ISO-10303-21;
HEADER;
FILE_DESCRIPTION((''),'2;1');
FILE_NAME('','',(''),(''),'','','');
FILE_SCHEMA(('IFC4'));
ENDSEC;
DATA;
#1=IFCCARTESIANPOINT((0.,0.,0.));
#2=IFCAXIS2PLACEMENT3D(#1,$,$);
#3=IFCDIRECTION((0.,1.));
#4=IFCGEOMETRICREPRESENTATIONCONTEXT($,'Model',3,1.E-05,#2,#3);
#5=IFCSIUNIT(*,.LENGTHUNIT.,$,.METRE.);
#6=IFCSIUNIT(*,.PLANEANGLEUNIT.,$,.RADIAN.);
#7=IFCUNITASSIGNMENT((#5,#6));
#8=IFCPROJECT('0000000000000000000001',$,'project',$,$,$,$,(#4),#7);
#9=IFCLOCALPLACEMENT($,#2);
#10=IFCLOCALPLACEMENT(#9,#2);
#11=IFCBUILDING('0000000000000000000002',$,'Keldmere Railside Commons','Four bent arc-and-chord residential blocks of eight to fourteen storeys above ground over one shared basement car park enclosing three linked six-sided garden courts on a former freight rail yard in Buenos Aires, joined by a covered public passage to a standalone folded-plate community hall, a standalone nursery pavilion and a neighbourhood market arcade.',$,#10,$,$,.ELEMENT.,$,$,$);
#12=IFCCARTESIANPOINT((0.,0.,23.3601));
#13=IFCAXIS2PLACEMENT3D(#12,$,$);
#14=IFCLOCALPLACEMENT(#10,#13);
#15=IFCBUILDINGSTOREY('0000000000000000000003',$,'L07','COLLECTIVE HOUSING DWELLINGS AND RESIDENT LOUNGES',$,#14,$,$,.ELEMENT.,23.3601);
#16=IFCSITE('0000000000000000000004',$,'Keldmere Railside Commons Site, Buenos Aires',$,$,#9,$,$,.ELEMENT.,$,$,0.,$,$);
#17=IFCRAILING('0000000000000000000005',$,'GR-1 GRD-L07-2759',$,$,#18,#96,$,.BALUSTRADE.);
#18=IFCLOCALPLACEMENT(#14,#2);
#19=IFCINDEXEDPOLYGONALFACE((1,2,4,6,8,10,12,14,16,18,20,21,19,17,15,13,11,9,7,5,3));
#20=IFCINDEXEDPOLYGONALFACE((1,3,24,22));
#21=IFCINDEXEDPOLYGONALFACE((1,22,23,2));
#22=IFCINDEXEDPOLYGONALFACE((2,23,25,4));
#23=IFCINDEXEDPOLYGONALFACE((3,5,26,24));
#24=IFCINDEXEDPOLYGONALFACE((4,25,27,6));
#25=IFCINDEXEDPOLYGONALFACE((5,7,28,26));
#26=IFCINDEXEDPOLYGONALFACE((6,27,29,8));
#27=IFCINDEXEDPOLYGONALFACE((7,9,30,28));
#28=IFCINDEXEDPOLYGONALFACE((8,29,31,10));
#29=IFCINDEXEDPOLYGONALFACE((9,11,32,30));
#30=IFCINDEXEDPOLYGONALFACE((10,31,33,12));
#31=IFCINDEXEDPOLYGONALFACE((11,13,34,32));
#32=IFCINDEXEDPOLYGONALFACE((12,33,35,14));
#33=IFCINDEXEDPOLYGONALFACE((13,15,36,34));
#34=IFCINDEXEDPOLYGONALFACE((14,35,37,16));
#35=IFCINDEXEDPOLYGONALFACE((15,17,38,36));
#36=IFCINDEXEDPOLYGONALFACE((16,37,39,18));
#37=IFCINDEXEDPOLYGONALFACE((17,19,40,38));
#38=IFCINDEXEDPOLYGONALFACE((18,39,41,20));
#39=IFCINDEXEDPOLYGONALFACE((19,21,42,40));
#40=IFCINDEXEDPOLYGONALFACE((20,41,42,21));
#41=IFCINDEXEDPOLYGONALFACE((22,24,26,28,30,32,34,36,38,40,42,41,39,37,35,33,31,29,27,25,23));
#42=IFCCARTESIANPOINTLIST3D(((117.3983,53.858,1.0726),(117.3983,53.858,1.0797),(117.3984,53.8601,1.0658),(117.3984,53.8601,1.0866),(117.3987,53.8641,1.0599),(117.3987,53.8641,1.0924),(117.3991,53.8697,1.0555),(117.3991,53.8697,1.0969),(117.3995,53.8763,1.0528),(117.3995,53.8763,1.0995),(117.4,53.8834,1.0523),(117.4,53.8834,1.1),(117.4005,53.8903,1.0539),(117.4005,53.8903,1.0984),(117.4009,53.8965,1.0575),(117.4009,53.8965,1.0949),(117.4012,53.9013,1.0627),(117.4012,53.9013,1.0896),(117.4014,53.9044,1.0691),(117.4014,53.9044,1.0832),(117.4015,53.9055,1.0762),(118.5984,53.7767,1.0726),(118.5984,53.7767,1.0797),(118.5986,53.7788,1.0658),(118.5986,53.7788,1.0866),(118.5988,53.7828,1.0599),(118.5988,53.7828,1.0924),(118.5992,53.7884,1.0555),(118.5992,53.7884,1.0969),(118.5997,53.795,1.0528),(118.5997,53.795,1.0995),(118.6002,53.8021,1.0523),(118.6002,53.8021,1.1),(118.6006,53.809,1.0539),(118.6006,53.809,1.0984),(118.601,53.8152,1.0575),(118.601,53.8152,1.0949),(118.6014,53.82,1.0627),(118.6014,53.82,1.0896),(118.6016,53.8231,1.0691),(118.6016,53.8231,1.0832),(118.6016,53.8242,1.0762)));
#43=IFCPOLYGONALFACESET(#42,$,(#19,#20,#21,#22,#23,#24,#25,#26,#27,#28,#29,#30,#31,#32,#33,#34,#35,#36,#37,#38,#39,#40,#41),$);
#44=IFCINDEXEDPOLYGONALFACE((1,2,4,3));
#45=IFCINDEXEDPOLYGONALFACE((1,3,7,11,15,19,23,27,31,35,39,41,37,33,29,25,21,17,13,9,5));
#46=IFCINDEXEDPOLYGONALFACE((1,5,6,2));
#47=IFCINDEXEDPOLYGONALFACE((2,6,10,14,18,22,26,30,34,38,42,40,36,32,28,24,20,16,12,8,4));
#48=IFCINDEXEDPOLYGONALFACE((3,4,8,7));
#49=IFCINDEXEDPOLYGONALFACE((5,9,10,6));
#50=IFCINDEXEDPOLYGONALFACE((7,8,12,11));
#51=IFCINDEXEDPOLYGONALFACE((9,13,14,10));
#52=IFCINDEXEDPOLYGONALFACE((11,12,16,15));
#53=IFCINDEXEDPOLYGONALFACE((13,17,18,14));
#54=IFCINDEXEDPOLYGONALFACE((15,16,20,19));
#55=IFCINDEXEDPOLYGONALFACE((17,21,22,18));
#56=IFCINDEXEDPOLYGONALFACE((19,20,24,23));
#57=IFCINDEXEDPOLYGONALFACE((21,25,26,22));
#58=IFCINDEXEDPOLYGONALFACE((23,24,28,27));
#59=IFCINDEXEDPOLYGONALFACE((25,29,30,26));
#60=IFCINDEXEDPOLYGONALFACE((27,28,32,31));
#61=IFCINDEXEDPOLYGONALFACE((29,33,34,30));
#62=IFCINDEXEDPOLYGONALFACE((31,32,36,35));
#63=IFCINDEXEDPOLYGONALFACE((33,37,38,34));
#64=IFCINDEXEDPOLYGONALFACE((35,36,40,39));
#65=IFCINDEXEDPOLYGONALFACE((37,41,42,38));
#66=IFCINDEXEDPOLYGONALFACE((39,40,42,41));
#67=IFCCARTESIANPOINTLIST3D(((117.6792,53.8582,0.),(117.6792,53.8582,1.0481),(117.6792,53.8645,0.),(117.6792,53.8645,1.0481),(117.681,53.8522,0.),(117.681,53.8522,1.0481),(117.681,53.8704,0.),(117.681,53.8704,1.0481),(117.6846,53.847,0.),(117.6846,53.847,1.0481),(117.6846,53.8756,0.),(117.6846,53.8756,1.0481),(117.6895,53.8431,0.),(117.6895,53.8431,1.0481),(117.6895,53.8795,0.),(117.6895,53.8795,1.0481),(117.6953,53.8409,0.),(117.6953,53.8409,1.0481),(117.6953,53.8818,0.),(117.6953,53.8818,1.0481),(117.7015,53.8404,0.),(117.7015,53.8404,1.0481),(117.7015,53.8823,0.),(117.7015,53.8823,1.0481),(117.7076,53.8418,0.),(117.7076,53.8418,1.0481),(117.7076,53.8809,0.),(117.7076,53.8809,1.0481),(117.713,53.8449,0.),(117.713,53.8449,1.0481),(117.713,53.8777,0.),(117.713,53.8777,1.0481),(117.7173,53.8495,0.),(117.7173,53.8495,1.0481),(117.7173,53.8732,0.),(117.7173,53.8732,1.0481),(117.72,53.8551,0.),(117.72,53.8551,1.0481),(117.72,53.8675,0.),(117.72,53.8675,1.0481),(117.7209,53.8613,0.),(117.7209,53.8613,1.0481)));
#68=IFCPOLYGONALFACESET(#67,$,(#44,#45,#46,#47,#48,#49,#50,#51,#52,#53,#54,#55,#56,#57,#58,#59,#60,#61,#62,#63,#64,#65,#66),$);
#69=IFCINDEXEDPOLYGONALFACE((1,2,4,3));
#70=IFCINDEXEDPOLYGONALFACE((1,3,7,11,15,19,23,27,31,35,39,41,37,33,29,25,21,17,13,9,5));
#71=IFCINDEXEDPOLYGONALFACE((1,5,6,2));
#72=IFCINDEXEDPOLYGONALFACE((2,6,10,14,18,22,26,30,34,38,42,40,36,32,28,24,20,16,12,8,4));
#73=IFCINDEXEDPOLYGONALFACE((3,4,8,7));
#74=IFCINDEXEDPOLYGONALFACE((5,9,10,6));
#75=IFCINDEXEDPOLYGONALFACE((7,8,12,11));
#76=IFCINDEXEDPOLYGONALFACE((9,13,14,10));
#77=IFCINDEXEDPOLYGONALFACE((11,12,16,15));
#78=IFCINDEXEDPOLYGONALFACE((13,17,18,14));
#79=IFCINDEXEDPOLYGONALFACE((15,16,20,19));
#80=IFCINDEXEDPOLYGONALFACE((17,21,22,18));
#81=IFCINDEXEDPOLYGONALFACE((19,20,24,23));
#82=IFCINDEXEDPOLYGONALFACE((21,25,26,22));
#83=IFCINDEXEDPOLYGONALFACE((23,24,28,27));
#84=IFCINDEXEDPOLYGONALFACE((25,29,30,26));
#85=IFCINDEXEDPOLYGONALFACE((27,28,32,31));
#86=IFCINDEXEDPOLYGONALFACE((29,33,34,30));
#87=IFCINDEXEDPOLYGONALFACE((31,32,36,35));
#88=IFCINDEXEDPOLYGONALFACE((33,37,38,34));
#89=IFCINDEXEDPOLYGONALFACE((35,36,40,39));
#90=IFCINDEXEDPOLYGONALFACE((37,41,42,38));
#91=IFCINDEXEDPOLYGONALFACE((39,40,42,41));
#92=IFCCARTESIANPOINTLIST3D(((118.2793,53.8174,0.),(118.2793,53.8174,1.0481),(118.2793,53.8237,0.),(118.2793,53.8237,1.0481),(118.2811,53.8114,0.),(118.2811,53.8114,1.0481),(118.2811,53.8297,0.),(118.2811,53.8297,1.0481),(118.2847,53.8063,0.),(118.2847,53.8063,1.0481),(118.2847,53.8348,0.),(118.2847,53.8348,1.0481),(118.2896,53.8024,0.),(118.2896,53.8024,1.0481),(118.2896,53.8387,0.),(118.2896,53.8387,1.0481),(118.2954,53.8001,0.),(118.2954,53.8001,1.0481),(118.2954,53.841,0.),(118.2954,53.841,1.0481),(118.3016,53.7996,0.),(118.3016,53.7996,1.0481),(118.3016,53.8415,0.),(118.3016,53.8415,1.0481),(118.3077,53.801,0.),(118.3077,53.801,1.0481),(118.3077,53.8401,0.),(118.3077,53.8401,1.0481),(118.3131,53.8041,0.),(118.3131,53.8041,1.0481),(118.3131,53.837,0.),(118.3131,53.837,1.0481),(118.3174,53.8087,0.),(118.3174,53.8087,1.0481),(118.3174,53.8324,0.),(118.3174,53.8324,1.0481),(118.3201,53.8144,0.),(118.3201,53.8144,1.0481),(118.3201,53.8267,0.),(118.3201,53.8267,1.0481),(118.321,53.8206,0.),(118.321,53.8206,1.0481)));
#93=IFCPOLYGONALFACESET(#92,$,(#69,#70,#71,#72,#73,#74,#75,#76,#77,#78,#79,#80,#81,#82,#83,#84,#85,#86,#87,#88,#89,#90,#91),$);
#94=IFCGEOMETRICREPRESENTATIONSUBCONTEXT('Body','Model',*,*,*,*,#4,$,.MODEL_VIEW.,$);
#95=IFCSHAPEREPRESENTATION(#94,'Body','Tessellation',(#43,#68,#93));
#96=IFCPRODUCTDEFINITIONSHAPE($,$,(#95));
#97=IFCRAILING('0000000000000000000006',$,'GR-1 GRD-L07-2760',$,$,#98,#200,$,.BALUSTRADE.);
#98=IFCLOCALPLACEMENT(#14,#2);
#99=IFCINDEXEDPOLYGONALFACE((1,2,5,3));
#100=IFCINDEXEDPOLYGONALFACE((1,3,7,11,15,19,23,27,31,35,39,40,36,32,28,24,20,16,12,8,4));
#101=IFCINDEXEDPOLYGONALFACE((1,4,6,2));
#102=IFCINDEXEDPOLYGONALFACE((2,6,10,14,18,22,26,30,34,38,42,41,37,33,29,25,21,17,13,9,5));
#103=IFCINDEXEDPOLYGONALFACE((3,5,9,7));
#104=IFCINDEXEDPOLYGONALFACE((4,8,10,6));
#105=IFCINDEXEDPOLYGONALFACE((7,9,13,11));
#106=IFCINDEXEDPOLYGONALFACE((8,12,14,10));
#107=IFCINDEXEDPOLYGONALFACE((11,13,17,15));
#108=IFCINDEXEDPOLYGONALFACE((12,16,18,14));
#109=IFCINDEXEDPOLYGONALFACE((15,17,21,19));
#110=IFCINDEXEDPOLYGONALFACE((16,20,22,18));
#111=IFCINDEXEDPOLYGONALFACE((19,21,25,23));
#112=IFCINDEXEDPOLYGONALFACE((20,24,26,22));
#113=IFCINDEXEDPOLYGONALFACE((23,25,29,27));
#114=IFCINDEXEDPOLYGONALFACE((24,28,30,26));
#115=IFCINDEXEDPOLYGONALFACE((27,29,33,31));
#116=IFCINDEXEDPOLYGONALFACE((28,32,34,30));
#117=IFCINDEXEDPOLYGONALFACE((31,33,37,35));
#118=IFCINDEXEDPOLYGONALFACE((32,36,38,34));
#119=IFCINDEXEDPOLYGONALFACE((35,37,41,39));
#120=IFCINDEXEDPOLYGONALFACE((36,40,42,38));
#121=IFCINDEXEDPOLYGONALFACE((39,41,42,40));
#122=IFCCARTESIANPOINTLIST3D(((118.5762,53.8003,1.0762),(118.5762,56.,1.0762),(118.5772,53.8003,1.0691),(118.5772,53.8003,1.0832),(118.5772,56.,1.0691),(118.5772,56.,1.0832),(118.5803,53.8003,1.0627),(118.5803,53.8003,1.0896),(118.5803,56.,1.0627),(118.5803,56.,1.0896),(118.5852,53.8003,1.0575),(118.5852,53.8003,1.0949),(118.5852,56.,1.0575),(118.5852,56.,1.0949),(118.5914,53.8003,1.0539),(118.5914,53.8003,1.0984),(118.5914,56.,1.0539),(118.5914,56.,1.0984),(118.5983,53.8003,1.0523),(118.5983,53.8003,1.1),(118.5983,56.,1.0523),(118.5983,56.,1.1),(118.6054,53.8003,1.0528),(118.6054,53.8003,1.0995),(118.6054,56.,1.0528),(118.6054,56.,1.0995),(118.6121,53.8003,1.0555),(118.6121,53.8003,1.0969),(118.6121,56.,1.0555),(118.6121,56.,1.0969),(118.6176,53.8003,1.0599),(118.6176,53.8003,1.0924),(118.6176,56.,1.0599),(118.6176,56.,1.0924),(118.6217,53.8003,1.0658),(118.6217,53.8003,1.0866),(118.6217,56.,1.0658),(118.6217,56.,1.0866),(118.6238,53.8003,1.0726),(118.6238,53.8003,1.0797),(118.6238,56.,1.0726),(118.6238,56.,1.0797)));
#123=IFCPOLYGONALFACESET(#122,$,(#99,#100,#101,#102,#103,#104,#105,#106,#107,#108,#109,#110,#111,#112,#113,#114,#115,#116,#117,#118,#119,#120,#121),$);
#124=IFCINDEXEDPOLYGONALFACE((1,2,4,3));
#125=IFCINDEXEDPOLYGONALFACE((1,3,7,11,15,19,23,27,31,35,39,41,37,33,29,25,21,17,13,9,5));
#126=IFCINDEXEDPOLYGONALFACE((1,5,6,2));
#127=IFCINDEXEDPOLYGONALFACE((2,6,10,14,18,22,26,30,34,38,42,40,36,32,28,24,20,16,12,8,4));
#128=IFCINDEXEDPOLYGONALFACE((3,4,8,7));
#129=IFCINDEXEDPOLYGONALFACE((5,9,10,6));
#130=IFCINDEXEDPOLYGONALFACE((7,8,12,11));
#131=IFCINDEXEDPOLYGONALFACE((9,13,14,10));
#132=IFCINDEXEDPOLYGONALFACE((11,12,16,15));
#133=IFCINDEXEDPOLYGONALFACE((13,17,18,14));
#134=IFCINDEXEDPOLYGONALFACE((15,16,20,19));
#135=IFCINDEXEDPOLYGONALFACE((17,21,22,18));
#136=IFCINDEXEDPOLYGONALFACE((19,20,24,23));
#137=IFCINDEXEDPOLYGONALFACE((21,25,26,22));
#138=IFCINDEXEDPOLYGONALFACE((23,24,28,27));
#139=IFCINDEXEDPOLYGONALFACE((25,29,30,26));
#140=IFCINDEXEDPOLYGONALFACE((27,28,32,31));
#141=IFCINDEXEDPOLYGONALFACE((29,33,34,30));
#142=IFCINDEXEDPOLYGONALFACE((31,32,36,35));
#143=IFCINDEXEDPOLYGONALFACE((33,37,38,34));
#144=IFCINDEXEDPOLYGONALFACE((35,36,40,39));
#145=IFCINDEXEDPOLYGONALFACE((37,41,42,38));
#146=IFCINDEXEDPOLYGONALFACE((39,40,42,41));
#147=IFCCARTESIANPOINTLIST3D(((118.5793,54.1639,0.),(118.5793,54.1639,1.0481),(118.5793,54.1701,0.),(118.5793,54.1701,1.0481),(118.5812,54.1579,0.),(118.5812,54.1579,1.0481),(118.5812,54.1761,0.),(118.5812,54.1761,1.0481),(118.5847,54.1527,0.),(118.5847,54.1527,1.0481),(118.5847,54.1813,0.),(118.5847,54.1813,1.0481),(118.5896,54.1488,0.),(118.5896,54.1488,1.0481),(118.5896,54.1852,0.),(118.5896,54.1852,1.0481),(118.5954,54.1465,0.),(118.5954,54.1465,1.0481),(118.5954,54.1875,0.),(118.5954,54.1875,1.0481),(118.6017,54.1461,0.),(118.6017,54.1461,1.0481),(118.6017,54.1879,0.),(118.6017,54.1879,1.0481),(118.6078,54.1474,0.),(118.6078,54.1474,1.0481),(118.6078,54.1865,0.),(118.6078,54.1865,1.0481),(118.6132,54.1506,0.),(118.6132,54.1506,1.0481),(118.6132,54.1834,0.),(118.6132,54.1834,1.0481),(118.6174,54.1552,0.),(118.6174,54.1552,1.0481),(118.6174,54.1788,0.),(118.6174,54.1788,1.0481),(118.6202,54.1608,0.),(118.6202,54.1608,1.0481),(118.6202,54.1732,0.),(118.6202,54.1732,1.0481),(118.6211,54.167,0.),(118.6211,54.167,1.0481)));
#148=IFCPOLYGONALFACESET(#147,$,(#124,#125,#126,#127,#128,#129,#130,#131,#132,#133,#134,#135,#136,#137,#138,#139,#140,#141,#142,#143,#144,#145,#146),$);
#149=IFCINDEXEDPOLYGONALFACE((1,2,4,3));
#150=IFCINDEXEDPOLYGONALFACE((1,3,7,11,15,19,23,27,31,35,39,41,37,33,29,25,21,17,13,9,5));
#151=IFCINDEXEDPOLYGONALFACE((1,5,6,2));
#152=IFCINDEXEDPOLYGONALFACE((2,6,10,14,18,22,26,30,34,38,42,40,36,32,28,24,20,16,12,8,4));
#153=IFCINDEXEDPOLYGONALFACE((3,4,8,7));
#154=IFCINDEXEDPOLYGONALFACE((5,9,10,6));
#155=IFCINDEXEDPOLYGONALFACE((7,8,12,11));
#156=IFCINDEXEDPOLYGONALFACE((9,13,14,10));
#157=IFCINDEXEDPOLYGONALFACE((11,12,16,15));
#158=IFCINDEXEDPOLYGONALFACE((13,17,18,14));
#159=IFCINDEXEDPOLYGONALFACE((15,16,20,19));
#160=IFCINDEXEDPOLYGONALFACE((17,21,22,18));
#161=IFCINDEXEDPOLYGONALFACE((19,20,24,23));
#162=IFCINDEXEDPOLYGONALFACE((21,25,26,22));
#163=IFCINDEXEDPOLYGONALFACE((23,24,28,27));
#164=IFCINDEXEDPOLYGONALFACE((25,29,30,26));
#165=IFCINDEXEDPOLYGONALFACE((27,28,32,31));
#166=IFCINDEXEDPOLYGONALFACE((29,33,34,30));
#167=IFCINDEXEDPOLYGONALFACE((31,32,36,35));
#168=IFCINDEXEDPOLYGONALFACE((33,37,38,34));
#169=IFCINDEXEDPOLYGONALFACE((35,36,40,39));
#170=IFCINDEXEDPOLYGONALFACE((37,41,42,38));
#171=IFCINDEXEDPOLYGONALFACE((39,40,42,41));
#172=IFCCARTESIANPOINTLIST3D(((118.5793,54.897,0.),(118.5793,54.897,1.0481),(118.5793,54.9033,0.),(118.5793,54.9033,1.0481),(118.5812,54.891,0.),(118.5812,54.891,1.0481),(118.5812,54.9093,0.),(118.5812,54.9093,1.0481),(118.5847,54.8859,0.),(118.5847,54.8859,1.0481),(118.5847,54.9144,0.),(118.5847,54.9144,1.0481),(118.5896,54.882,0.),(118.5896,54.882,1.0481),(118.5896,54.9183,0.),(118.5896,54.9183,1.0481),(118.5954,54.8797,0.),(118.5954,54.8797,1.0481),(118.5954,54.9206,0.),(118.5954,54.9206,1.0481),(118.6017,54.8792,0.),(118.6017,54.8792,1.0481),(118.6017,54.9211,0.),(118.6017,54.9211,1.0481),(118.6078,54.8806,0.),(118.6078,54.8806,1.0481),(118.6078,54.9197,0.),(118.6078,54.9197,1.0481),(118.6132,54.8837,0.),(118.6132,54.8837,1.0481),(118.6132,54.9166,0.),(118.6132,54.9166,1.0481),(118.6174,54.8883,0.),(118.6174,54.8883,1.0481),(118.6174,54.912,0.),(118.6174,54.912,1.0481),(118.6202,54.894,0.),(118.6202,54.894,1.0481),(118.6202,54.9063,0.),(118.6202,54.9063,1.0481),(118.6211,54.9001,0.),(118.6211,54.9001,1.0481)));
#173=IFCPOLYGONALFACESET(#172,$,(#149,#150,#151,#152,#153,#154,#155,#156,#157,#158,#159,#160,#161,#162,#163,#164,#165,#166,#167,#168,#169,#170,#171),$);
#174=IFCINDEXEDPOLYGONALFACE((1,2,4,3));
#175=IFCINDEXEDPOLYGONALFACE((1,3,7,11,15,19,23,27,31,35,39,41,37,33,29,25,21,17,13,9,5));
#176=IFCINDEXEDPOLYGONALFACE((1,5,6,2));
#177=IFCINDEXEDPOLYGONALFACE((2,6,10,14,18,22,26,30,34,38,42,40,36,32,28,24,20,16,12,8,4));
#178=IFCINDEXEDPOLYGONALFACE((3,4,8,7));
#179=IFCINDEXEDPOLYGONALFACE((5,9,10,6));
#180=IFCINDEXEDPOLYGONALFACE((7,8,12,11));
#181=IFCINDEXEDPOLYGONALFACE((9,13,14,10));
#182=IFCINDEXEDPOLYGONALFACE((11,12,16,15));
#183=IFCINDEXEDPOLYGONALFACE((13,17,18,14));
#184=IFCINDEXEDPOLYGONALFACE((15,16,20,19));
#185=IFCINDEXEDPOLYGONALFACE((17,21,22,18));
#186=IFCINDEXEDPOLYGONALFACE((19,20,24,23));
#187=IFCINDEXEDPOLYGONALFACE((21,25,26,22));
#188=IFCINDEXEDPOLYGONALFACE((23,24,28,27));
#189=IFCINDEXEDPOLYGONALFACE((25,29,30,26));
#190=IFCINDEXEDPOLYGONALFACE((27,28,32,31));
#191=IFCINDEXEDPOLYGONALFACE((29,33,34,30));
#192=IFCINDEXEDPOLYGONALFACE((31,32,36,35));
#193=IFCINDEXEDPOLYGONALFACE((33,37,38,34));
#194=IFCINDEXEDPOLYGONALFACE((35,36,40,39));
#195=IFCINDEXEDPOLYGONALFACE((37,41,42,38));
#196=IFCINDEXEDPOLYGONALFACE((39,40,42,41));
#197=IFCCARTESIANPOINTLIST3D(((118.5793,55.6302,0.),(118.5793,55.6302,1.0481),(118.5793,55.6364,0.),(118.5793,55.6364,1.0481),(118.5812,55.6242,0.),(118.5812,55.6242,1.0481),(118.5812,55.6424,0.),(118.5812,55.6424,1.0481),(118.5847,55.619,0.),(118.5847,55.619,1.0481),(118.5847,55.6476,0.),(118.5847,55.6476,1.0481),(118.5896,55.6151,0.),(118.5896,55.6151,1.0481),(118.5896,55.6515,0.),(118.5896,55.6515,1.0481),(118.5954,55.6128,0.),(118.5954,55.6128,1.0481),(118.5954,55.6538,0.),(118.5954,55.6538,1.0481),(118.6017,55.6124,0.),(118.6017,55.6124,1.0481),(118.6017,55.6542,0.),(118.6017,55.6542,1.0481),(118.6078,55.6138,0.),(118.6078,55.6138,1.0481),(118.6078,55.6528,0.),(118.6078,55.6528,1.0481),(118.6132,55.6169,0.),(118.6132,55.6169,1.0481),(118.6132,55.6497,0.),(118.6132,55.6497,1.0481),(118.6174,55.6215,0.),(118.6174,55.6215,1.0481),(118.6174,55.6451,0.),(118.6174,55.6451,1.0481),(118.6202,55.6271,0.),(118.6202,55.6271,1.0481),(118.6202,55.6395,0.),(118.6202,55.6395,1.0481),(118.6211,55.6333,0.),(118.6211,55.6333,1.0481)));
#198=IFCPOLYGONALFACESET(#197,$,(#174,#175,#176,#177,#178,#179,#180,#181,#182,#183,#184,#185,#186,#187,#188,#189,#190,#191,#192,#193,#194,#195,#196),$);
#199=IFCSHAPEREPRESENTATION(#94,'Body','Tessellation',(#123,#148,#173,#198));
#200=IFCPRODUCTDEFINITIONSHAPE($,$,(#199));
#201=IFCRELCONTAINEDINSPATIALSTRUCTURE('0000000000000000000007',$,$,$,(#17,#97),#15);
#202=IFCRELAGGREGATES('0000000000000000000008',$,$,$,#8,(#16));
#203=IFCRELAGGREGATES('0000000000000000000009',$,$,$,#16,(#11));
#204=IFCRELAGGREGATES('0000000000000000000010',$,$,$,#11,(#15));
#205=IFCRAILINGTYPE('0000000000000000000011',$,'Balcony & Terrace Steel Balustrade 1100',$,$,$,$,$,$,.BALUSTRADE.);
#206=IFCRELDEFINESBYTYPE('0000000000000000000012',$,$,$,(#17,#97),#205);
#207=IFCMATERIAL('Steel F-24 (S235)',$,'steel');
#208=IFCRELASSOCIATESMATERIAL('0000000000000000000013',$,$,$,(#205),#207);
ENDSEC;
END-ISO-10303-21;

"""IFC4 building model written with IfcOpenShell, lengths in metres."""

from ifc_helpers import new_model, si_unit, direction, frame, origin, origin_2d, place, context, subcontext, project, spatial, circle, extrude, material, type_object, element, save


model = new_model("IFC4")

# Units and contexts
model_context = context("Model", 3, precision=1e-05, world=origin(), true_north=direction((0.0, 1.0)))
body_context = subcontext(model_context, "Body", "Model", "MODEL_VIEW")
ifc_project = project(units=[si_unit("LENGTHUNIT", "METRE"), si_unit("PLANEANGLEUNIT", "RADIAN")], contexts=[model_context])

# Site, building, storey
site_placement = place(None, origin())
site = spatial("IfcSite", under=ifc_project, at=site_placement, Name="Keldmere Railside Commons Site, Buenos Aires", CompositionType="ELEMENT", RefElevation=0.0)
building_placement = place(site_placement, origin())
building = spatial("IfcBuilding", under=site, at=building_placement, Name="Keldmere Railside Commons", Description="Four bent arc-and-chord residential blocks of eight to fourteen storeys above ground over one shared basement car park enclosing three linked six-sided garden courts on a former freight rail yard in Buenos Aires, joined by a covered public passage to a standalone folded-plate community hall, a standalone nursery pavilion and a neighbourhood market arcade.", CompositionType="ELEMENT")
storey_placement = place(building_placement, frame((0.0, 0.0, 23.3601)))
storey = spatial("IfcBuildingStorey", under=building, at=storey_placement, Name="L07", Description="COLLECTIVE HOUSING DWELLINGS AND RESIDENT LOUNGES", CompositionType="ELEMENT", Elevation=23.3601)

# Shared definitions
ifc_material_1 = material(Name="Steel F-24 (S235)", Category="steel")

# Railings
railing_type = type_object("IfcRailingType", Name="Balcony & Terrace Steel Balustrade 1100", PredefinedType="BALUSTRADE", material=ifc_material_1)
railing_1_placement = place(storey_placement, frame((117.3999, 53.8816, 0.0)))
element("IfcRailing", 1, at=railing_1_placement, inside=storey, type_object=railing_type, Name="GR-1 GRD-L07-2759", PredefinedType="BALUSTRADE", context=body_context, shape_type="SweptSolid", body=[
    extrude(circle(Radius=0.0239, at=origin_2d()), frame((0.0, 0.0, 1.0762), z_axis=(0.997714, -0.067583, 0.0), x_axis=(0.067583, 0.997714, 0.0)), (0.0, 0.0, 1.0), 1.2029),
    extrude(circle(Radius=0.021, at=origin_2d()), frame((0.3, -0.0203, 0.0)), (0.0, 0.0, 1.0), 1.0481),
    extrude(circle(Radius=0.021, at=origin_2d()), frame((0.9001, -0.061, 0.0)), (0.0, 0.0, 1.0), 1.0481),
])
railing_2_placement = place(storey_placement, frame((118.6001, 53.8003, 0.0)))
element("IfcRailing", 2, at=railing_2_placement, inside=storey, type_object=railing_type, Name="GR-1 GRD-L07-2760", PredefinedType="BALUSTRADE", context=body_context, shape_type="SweptSolid", body=[
    extrude(circle(Radius=0.0239, at=origin_2d()), frame((0.0, 0.0, 1.0762), z_axis=(0.0, 1.0, 0.0), x_axis=(-1.0, 0.0, 0.0)), (0.0, 0.0, 1.0), 2.1997),
    extrude(circle(Radius=0.021, at=origin_2d()), frame((0.0, 0.3667, 0.0)), (0.0, 0.0, 1.0), 1.0481),
    extrude(circle(Radius=0.021, at=origin_2d()), frame((0.0, 1.0999, 0.0)), (0.0, 0.0, 1.0), 1.0481),
    extrude(circle(Radius=0.021, at=origin_2d()), frame((0.0, 1.833, 0.0)), (0.0, 0.0, 1.0), 1.0481),
])

save(model, "model.ifc")
